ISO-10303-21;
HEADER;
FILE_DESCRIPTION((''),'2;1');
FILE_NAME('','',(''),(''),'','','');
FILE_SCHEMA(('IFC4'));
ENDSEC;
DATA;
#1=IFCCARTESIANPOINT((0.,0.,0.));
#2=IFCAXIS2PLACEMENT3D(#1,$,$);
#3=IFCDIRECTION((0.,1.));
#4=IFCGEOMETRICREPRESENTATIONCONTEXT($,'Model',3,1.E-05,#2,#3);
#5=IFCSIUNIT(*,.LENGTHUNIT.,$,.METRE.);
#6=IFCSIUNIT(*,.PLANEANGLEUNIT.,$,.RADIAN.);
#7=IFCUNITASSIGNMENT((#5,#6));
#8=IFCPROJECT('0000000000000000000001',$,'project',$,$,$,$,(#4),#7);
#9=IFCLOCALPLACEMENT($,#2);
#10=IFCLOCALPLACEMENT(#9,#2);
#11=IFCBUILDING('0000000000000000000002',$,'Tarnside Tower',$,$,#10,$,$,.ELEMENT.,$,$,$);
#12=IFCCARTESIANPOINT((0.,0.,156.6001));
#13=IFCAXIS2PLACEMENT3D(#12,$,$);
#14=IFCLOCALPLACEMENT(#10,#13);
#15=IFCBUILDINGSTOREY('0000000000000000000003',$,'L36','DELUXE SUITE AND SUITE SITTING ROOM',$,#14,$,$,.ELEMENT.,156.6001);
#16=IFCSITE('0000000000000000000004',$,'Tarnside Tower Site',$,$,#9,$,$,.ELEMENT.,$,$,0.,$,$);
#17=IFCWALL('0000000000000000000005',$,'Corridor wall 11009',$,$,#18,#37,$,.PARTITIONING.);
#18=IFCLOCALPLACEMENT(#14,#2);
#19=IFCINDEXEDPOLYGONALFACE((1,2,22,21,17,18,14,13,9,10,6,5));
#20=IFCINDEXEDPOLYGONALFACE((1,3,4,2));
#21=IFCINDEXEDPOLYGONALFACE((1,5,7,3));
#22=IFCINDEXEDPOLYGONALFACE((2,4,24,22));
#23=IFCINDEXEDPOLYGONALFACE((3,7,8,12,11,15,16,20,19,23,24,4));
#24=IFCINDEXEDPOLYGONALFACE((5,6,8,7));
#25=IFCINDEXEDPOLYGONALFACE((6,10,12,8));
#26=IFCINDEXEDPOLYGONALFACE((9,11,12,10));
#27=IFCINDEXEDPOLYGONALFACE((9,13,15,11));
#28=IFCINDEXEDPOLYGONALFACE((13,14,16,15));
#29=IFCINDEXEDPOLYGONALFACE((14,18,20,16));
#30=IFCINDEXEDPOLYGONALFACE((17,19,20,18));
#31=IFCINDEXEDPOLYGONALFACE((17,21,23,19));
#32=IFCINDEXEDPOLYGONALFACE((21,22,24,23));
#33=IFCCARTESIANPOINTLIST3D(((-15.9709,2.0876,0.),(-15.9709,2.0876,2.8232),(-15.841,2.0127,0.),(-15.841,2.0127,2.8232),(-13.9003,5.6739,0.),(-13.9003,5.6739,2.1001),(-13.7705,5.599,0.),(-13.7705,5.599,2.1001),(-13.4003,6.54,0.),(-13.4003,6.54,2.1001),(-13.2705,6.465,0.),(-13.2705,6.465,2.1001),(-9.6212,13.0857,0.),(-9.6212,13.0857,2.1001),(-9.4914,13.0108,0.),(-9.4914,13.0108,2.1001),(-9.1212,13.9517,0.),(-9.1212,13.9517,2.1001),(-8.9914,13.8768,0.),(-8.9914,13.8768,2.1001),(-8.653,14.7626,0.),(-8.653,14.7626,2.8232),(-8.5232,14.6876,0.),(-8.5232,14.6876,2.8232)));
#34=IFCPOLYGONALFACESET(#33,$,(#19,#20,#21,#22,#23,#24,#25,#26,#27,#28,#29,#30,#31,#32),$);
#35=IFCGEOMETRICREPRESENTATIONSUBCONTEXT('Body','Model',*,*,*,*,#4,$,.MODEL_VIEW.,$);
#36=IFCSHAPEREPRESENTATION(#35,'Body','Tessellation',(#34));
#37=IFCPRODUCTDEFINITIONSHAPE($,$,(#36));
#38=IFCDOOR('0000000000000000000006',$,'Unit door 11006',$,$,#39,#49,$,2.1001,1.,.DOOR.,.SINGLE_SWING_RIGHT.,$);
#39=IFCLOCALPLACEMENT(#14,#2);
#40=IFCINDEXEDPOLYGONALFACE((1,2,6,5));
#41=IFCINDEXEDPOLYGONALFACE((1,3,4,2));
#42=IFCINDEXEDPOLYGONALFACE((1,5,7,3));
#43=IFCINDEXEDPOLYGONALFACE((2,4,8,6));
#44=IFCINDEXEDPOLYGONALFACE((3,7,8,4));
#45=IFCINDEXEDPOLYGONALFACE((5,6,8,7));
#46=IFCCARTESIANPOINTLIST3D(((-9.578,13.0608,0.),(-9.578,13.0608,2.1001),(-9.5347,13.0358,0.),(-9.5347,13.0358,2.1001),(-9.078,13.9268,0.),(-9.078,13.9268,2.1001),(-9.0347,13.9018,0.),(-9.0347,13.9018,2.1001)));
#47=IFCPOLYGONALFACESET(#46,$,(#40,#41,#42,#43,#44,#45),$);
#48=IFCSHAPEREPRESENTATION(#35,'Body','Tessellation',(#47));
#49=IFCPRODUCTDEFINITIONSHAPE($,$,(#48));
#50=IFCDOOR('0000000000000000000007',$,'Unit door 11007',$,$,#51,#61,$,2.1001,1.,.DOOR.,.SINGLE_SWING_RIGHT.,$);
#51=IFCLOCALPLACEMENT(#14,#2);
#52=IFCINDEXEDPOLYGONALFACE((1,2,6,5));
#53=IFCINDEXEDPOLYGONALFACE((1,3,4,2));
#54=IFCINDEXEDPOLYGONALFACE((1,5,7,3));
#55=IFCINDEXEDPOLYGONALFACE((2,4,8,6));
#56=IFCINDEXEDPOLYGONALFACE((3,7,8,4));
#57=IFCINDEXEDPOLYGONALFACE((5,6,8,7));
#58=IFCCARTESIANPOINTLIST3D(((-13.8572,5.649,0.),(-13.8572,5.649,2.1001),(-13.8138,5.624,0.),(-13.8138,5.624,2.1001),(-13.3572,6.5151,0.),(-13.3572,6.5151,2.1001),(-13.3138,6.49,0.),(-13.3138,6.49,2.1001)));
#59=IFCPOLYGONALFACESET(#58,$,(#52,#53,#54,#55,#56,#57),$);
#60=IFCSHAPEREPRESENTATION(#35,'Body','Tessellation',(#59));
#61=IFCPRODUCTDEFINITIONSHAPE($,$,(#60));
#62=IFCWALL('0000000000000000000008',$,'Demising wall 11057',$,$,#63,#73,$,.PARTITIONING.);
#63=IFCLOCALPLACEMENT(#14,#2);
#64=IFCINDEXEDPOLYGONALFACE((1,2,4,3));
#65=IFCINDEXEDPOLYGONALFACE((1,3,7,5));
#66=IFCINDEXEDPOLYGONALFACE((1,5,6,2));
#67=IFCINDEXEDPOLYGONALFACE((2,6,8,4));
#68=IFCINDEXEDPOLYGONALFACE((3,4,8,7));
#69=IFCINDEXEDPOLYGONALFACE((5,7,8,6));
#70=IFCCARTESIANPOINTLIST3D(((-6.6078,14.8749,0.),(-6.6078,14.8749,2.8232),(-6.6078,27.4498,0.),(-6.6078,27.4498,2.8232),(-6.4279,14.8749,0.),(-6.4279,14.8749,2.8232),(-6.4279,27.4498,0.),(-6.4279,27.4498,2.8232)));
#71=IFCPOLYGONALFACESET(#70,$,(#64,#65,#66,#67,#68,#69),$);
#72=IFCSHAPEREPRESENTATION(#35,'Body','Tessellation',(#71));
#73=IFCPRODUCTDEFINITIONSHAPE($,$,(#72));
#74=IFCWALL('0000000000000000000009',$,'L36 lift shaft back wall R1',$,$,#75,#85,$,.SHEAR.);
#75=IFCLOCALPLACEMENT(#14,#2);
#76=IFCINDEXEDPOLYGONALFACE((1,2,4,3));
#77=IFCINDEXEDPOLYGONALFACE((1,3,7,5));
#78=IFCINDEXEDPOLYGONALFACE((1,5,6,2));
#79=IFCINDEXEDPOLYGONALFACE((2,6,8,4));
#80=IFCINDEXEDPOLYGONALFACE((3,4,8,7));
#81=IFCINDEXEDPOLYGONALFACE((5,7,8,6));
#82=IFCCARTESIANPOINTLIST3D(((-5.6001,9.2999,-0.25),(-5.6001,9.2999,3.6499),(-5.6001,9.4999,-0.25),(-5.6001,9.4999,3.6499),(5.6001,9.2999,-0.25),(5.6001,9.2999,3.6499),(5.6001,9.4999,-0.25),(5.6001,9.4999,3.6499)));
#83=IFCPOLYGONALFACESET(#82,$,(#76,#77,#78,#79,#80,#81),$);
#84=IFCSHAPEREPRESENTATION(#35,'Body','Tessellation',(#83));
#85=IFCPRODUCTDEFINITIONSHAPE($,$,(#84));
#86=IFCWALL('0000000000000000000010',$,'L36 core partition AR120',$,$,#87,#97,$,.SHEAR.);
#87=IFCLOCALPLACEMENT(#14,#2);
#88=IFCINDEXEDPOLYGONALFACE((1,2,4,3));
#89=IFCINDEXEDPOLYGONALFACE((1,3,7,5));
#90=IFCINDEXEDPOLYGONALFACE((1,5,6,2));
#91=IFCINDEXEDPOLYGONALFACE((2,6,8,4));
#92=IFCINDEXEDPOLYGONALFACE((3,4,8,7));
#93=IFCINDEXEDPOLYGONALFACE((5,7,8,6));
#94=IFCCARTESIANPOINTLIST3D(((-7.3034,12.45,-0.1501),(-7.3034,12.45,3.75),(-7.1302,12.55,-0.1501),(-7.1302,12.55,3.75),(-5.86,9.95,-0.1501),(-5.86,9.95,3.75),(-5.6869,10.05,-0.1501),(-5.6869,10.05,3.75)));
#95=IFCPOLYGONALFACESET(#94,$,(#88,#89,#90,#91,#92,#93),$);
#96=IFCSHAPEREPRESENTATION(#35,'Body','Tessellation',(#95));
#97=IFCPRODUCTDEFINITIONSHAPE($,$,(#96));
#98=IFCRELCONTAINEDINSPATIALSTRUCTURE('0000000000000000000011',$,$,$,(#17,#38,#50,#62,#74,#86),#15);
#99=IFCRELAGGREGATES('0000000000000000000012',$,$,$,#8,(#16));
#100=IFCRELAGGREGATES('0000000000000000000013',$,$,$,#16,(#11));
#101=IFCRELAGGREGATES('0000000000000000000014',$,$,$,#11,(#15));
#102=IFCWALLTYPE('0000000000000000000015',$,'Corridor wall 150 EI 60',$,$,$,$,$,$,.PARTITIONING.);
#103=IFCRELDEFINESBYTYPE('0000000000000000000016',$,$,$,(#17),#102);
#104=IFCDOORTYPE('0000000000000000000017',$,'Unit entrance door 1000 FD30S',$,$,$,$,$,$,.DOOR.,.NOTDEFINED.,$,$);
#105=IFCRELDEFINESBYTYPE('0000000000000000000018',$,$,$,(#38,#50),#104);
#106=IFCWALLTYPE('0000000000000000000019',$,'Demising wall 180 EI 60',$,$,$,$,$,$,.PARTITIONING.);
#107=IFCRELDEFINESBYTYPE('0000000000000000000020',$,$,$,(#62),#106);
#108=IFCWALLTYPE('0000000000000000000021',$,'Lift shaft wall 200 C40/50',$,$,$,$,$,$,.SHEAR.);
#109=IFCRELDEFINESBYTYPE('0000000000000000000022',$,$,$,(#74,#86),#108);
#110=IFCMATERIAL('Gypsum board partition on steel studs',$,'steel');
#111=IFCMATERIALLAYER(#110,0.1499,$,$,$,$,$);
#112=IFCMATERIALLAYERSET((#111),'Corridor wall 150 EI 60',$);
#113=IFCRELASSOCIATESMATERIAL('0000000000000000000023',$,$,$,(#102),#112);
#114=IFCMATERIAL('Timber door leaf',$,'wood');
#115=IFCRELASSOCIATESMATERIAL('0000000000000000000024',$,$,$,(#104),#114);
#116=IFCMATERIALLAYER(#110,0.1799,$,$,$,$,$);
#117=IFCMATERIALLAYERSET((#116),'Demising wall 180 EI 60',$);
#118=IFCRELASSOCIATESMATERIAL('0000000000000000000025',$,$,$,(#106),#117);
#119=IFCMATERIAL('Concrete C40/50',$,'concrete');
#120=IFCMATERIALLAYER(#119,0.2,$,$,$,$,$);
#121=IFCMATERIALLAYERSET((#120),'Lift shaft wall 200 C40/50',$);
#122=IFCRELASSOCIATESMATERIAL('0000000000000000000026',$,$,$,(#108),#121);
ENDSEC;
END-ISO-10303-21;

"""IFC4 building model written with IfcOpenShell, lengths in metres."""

from ifc_helpers import new_model, si_unit, direction, frame, frame_2d, origin, place, context, subcontext, project, spatial, rectangle, extrude, material, layer, layer_set, type_object, element, fill, save


model = new_model("IFC4")

# Units and contexts
model_context = context("Model", 3, precision=1e-05, world=origin(), true_north=direction((0.0, 1.0)))
body_context = subcontext(model_context, "Body", "Model", "MODEL_VIEW")
ifc_project = project(units=[si_unit("LENGTHUNIT", "METRE"), si_unit("PLANEANGLEUNIT", "RADIAN")], contexts=[model_context])

# Site, building, storey
site_placement = place(None, origin())
site = spatial("IfcSite", under=ifc_project, at=site_placement, Name="Tarnside Tower Site", CompositionType="ELEMENT", RefElevation=0.0)
building_placement = place(site_placement, origin())
building = spatial("IfcBuilding", under=site, at=building_placement, Name="Tarnside Tower", CompositionType="ELEMENT")
storey_placement = place(building_placement, frame((0.0, 0.0, 156.6001)))
storey = spatial("IfcBuildingStorey", under=building, at=storey_placement, Name="L36", Description="DELUXE SUITE AND SUITE SITTING ROOM", CompositionType="ELEMENT", Elevation=156.6001)

# Wall, openings, doors
ifc_material_1 = material(Name="Gypsum board partition on steel studs", Category="steel")
ifc_layer_1 = layer(ifc_material_1, 0.1499)
ifc_layer_set_1 = layer_set([ifc_layer_1], Name="Corridor wall 150 EI 60")
wall_type_1 = type_object("IfcWallType", Name="Corridor wall 150 EI 60", PredefinedType="PARTITIONING", material=ifc_layer_set_1)
wall_1_placement = place(storey_placement, frame((-8.5881, 14.7251, 0.0), z_axis=(0.0, 0.0, 1.0), x_axis=(-0.499996, -0.866028, 0.0)))
wall_1 = element("IfcWall", 1, at=wall_1_placement, inside=storey, type_object=wall_type_1, Name="Corridor wall 11009", PredefinedType="PARTITIONING", context=body_context, shape_type="SweptSolid", body=[
    extrude(rectangle(XDim=14.6357, YDim=0.1499, at=frame_2d((7.3179, 0.0))), origin(), (0.0, 0.0, 1.0), 2.8232),
])
opening_1_placement = place(wall_1_placement, frame((0.9363, 0.0, 0.0)))
opening_1 = element("IfcOpeningElement", 2, at=opening_1_placement, cuts=wall_1, PredefinedType="OPENING", context=body_context, shape_type="SweptSolid", body=[
    extrude(rectangle(XDim=1.0, YDim=2.1001, at=frame_2d((0.5, 1.05))), frame((0.0, 0.085, 0.0), z_axis=(0.0, -1.0, 0.0), x_axis=(1.0, 0.0, 0.0)), (0.0, 0.0, 1.0), 0.1699),
])
opening_2_placement = place(wall_1_placement, frame((9.4946, 0.0, 0.0)))
opening_2 = element("IfcOpeningElement", 3, at=opening_2_placement, cuts=wall_1, PredefinedType="OPENING", context=body_context, shape_type="SweptSolid", body=[
    extrude(rectangle(XDim=1.0, YDim=2.1001, at=frame_2d((0.5, 1.05))), frame((0.0, 0.085, 0.0), z_axis=(0.0, -1.0, 0.0), x_axis=(1.0, 0.0, 0.0)), (0.0, 0.0, 1.0), 0.1699),
])
ifc_material_2 = material(Name="Timber door leaf", Category="wood")
door_type_1 = type_object("IfcDoorType", Name="Unit entrance door 1000 FD30S", OperationType="NOTDEFINED", PredefinedType="DOOR", material=ifc_material_2)
door_1_placement = place(opening_1_placement, origin())
door_1 = element("IfcDoor", 4, at=door_1_placement, inside=storey, type_object=door_type_1, Name="Unit door 11006", OperationType="SINGLE_SWING_RIGHT", OverallHeight=2.1001, OverallWidth=1.0, PredefinedType="DOOR", context=body_context, shape_type="SweptSolid", body=[
    extrude(rectangle(XDim=1.0, YDim=2.1001, at=frame_2d((0.5, 1.05))), frame((0.0, 0.0249, 0.0), z_axis=(0.0, -1.0, 0.0), x_axis=(1.0, 0.0, 0.0)), (0.0, 0.0, 1.0), 0.05),
])
fill(opening_1, door_1)
door_2_placement = place(opening_2_placement, origin())
door_2 = element("IfcDoor", 5, at=door_2_placement, inside=storey, type_object=door_type_1, Name="Unit door 11007", OperationType="SINGLE_SWING_RIGHT", OverallHeight=2.1001, OverallWidth=1.0, PredefinedType="DOOR", context=body_context, shape_type="SweptSolid", body=[
    extrude(rectangle(XDim=1.0, YDim=2.1001, at=frame_2d((0.5, 1.05))), frame((0.0, 0.0249, 0.0), z_axis=(0.0, -1.0, 0.0), x_axis=(1.0, 0.0, 0.0)), (0.0, 0.0, 1.0), 0.05),
])
fill(opening_2, door_2)

# Walls
ifc_layer_2 = layer(ifc_material_1, 0.1799)
ifc_layer_set_2 = layer_set([ifc_layer_2], Name="Demising wall 180 EI 60")
wall_type_2 = type_object("IfcWallType", Name="Demising wall 180 EI 60", PredefinedType="PARTITIONING", material=ifc_layer_set_2)
wall_2_placement = place(storey_placement, frame((-6.5178, 27.45, 0.0), z_axis=(0.0, 0.0, 1.0), x_axis=(0.0, -1.0, 0.0)))
element("IfcWall", 6, at=wall_2_placement, inside=storey, type_object=wall_type_2, Name="Demising wall 11057", PredefinedType="PARTITIONING", context=body_context, shape_type="SweptSolid", body=[
    extrude(rectangle(XDim=12.575, YDim=0.1799, at=frame_2d((6.2876, 0.0))), origin(), (0.0, 0.0, 1.0), 2.8232),
])
ifc_material_3 = material(Name="Concrete C40/50", Category="concrete")
ifc_layer_3 = layer(ifc_material_3, 0.2)
ifc_layer_set_3 = layer_set([ifc_layer_3], Name="Lift shaft wall 200 C40/50")
wall_type_3 = type_object("IfcWallType", Name="Lift shaft wall 200 C40/50", PredefinedType="SHEAR", material=ifc_layer_set_3)
wall_3_placement = place(storey_placement, frame((-5.6001, 9.3999, -0.25), z_axis=(0.0, 0.0, 1.0), x_axis=(1.0, 0.0, 0.0)))
element("IfcWall", 7, at=wall_3_placement, inside=storey, type_object=wall_type_3, Name="L36 lift shaft back wall R1", PredefinedType="SHEAR", context=body_context, shape_type="SweptSolid", body=[
    extrude(rectangle(XDim=11.2002, YDim=0.2, at=frame_2d((5.6001, 0.0))), origin(), (0.0, 0.0, 1.0), 3.8999),
])
wall_4_placement = place(storey_placement, frame((-5.7734, 10.0, -0.1501), z_axis=(0.0, 0.0, 1.0), x_axis=(-0.499996, 0.866028, 0.0)))
element("IfcWall", 8, at=wall_4_placement, inside=storey, type_object=wall_type_3, Name="L36 core partition AR120", PredefinedType="SHEAR", context=body_context, shape_type="SweptSolid", body=[
    extrude(rectangle(XDim=2.8867, YDim=0.2, at=frame_2d((1.4434, 0.0))), origin(), (0.0, 0.0, 1.0), 3.9001),
])

save(model, "model.ifc")
